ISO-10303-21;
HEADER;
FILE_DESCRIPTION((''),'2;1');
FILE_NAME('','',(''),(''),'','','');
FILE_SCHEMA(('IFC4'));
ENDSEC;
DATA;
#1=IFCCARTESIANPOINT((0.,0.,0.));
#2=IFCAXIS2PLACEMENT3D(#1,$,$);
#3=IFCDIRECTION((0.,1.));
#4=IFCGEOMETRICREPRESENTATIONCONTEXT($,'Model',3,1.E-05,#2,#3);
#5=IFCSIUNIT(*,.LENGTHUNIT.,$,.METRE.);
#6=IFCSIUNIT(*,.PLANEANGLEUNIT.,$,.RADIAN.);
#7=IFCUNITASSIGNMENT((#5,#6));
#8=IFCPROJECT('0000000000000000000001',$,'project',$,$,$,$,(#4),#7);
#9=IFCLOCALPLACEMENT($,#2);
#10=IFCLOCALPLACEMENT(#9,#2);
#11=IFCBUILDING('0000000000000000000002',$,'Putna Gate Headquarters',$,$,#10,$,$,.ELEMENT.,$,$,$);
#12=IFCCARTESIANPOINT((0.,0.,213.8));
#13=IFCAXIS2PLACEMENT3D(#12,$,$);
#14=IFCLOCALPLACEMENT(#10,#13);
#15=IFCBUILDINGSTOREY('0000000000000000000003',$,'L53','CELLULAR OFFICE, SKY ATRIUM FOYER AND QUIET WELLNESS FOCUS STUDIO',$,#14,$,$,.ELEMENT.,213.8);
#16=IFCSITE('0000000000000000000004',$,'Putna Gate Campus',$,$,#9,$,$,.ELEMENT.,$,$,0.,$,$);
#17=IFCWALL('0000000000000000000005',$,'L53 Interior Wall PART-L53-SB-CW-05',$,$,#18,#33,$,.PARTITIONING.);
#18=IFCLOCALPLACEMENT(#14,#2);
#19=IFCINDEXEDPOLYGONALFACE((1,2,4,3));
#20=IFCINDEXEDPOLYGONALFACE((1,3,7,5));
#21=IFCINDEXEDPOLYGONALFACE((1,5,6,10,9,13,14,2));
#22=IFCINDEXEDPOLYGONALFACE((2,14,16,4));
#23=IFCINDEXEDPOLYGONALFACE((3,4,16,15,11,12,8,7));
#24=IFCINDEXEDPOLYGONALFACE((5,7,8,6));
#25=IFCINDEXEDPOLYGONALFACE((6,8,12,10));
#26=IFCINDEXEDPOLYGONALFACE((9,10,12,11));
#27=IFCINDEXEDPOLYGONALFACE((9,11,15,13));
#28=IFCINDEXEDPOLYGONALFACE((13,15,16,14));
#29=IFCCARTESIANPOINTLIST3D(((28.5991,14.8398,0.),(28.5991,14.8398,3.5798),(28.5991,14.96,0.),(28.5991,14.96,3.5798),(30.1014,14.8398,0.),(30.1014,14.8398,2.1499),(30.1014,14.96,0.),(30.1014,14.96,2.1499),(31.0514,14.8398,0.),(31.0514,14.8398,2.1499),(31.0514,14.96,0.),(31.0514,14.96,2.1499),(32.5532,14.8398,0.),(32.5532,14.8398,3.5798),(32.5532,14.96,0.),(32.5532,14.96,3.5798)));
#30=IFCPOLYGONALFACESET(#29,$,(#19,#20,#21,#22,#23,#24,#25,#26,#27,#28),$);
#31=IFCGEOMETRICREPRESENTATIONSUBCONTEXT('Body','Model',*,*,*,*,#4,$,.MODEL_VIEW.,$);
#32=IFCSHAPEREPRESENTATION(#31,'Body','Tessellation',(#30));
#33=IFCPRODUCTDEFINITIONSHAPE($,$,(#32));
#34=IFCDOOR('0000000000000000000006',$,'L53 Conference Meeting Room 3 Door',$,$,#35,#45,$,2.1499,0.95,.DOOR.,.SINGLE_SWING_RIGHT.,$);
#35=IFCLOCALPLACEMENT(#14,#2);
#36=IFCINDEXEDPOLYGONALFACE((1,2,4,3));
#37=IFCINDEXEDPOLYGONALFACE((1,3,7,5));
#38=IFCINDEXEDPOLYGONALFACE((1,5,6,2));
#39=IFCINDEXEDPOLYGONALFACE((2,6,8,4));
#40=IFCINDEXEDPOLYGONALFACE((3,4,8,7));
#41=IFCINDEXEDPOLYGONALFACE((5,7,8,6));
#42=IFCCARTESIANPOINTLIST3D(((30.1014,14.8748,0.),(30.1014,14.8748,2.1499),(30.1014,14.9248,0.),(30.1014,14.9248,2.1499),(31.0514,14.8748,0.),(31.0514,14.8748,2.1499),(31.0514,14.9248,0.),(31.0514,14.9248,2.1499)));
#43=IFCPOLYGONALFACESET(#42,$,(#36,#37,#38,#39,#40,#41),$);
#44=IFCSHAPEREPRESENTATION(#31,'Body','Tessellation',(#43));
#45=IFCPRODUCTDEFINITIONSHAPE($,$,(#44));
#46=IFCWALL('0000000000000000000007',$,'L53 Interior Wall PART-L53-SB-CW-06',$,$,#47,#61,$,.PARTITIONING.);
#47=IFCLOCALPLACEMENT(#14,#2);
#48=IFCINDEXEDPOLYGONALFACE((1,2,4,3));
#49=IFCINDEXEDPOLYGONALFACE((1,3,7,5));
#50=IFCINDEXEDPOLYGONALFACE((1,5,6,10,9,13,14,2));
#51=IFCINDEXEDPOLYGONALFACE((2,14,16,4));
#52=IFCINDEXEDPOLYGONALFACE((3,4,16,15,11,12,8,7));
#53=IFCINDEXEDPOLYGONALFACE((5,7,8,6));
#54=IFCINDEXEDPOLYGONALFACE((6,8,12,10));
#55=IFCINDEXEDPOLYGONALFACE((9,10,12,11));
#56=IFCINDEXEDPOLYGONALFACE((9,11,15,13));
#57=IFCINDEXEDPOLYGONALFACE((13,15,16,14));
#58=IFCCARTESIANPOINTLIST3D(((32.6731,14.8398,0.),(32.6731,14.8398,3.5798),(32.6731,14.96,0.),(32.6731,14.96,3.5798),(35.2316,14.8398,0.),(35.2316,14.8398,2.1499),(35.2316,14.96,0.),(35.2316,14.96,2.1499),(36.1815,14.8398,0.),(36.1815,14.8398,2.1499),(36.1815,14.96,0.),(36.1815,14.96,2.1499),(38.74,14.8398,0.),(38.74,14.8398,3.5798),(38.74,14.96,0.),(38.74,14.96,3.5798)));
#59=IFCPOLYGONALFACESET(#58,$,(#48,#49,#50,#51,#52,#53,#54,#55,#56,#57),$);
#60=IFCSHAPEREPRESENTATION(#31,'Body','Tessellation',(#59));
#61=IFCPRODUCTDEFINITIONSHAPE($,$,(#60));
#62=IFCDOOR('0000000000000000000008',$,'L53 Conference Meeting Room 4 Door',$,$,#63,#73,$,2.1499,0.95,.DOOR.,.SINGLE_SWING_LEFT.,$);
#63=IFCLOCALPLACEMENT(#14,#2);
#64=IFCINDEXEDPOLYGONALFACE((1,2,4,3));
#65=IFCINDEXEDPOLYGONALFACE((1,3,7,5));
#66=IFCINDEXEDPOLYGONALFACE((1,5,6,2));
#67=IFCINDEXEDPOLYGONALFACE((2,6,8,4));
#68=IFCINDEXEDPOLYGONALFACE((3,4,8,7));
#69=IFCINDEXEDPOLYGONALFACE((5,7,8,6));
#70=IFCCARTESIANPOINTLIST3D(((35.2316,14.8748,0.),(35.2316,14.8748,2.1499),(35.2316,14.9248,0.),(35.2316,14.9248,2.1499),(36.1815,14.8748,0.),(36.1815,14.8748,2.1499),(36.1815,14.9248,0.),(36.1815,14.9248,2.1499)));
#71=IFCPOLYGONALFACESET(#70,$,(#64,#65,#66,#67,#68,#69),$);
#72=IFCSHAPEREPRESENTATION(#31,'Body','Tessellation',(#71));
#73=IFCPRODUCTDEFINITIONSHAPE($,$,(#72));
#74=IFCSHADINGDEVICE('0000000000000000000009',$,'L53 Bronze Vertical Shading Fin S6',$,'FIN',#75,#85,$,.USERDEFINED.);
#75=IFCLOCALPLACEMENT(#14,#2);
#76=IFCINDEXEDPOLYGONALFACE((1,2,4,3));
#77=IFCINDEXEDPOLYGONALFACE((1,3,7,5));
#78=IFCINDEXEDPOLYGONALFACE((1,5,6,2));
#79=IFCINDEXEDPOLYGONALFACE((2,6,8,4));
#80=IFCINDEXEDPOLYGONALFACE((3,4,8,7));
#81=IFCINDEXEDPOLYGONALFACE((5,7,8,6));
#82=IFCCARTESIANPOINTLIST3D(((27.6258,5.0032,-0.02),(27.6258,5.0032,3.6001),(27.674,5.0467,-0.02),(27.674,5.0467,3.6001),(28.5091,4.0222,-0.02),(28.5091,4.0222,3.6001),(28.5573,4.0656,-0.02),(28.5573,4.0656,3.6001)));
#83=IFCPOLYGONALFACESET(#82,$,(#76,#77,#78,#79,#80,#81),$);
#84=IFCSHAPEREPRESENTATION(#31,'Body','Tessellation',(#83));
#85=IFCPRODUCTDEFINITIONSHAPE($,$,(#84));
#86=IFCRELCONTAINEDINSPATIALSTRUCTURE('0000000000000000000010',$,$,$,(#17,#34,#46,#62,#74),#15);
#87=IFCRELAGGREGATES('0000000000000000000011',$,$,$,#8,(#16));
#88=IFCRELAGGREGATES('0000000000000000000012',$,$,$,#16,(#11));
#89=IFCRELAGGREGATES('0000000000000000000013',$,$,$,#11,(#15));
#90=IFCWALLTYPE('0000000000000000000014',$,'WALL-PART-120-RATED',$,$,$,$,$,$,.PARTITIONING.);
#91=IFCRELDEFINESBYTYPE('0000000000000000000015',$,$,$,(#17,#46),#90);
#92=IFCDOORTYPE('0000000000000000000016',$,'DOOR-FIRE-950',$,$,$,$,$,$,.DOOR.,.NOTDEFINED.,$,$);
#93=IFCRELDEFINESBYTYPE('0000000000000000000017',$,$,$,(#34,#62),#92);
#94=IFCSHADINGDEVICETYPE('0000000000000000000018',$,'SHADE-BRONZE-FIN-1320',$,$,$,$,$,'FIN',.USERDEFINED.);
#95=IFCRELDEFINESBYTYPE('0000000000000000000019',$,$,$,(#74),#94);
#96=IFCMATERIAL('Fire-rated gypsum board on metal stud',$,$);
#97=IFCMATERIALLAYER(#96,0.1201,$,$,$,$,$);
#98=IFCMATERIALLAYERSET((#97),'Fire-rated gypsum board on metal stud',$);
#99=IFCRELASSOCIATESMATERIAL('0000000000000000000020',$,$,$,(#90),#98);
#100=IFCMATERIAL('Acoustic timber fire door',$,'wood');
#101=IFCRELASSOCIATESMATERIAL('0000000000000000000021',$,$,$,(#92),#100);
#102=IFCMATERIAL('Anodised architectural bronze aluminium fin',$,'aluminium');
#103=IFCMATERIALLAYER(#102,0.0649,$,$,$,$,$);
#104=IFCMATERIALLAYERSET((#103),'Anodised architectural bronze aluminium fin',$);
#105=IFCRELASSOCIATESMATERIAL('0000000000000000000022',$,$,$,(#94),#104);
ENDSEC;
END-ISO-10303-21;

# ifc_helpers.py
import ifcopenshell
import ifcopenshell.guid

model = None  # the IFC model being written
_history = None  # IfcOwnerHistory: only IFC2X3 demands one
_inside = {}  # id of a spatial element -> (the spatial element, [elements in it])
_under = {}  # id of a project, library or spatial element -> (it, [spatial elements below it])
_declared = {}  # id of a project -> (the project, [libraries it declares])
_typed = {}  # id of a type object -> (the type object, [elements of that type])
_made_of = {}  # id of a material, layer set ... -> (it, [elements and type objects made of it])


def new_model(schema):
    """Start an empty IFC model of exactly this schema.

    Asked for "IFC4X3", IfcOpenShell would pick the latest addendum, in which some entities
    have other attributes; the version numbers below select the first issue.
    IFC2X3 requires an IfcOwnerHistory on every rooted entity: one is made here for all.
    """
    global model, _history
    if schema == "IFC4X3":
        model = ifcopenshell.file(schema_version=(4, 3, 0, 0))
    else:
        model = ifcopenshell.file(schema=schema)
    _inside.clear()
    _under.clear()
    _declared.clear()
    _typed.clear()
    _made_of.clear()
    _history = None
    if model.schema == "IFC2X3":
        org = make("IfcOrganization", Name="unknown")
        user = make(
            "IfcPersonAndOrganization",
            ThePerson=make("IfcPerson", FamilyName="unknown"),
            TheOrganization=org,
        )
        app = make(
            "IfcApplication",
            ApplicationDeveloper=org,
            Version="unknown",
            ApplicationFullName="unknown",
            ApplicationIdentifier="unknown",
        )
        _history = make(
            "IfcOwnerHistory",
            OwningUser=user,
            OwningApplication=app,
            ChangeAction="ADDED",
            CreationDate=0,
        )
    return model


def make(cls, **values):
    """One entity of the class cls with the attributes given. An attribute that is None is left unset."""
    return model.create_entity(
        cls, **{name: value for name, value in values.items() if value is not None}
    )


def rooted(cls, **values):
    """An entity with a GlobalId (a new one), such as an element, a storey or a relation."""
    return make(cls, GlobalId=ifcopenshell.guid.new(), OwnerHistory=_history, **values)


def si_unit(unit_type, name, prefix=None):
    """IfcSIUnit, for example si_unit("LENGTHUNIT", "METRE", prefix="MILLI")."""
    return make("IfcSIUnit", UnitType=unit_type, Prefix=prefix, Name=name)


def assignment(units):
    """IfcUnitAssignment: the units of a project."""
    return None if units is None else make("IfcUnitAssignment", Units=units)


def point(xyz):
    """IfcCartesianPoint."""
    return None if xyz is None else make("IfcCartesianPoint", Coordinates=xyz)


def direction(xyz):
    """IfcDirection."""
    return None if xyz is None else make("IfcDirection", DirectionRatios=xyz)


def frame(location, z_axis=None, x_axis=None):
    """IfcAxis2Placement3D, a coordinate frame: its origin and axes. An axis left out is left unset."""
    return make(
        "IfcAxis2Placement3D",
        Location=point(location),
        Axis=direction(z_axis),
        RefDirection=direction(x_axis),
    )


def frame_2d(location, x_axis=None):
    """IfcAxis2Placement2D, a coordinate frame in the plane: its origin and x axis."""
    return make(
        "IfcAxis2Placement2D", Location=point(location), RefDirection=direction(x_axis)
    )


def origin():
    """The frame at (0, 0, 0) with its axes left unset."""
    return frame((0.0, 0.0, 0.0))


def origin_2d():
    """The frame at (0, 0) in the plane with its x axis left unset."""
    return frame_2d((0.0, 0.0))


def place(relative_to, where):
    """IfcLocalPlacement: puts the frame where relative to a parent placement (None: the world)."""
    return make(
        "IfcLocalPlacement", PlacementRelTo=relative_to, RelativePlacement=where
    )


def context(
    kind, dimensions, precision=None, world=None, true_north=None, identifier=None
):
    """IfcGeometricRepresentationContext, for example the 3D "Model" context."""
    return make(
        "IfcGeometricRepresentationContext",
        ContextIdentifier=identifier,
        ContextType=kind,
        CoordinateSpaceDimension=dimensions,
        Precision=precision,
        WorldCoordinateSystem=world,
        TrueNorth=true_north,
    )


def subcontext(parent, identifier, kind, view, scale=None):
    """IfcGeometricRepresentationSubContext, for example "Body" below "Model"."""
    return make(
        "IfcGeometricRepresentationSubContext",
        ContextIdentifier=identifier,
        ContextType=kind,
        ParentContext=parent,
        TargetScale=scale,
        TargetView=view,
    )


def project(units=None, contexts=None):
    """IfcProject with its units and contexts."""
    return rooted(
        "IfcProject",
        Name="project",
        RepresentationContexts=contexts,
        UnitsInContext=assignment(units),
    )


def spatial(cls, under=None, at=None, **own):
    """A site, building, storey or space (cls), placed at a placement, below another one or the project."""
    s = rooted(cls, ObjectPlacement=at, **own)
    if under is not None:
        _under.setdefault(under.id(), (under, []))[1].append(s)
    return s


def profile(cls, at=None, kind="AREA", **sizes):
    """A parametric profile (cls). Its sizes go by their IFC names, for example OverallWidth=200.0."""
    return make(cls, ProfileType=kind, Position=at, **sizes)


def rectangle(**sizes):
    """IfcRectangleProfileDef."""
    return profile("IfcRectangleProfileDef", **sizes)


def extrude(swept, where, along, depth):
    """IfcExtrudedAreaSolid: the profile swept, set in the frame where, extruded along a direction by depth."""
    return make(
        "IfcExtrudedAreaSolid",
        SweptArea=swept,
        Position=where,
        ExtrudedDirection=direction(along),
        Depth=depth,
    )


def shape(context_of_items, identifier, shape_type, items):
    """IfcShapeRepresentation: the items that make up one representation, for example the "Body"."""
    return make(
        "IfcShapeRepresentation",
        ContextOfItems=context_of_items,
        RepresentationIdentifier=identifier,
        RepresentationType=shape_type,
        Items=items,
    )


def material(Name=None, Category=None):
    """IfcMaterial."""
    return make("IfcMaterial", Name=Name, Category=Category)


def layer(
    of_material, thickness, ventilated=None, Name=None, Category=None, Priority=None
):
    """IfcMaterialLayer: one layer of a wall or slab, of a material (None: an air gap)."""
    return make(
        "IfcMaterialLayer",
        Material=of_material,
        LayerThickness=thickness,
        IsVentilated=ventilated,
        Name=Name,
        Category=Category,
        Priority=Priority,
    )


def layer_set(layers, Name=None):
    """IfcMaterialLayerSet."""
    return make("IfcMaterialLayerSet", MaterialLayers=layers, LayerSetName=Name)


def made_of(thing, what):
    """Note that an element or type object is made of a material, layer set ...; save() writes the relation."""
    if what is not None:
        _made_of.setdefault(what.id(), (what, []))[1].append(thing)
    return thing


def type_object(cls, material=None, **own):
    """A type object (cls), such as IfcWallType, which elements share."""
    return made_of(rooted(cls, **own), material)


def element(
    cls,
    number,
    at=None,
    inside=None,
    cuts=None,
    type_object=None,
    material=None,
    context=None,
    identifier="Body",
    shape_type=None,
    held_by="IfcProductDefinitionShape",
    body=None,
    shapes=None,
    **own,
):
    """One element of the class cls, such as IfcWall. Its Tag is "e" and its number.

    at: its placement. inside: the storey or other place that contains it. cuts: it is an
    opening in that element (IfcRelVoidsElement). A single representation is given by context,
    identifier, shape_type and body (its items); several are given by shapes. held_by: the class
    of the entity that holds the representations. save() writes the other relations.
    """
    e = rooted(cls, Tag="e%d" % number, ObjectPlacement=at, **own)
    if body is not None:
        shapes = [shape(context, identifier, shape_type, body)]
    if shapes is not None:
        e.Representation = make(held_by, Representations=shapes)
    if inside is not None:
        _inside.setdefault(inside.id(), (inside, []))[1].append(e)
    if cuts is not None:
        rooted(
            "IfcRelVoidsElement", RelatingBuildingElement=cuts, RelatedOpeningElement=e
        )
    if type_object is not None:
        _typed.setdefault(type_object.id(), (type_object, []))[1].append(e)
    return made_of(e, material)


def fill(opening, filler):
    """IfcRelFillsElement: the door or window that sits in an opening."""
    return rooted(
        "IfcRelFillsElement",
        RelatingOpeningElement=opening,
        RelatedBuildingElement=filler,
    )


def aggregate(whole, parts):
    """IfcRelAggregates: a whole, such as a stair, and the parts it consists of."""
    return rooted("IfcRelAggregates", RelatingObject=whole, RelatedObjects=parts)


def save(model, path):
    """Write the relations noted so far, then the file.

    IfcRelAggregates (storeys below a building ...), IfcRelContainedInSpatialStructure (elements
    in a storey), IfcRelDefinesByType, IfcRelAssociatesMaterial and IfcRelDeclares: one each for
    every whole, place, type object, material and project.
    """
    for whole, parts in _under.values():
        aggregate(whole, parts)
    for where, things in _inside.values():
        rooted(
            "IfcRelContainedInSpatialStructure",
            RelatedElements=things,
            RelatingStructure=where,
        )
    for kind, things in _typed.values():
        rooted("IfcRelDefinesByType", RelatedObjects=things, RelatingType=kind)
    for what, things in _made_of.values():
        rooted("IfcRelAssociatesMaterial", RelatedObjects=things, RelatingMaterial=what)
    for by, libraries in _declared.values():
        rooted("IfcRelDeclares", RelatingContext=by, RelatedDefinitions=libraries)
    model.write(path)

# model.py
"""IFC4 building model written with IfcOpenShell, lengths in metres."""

from ifc_helpers import new_model, si_unit, direction, frame, frame_2d, origin, origin_2d, place, context, subcontext, project, spatial, rectangle, extrude, material, layer, layer_set, type_object, element, fill, save


model = new_model("IFC4")

# Units and contexts
model_context = context("Model", 3, precision=1e-05, world=origin(), true_north=direction((0.0, 1.0)))
body_context = subcontext(model_context, "Body", "Model", "MODEL_VIEW")
ifc_project = project(units=[si_unit("LENGTHUNIT", "METRE"), si_unit("PLANEANGLEUNIT", "RADIAN")], contexts=[model_context])

# Site, building, storey
site_placement = place(None, origin())
site = spatial("IfcSite", under=ifc_project, at=site_placement, Name="Putna Gate Campus", CompositionType="ELEMENT", RefElevation=0.0)
building_placement = place(site_placement, origin())
building = spatial("IfcBuilding", under=site, at=building_placement, Name="Putna Gate Headquarters", CompositionType="ELEMENT")
storey_placement = place(building_placement, frame((0.0, 0.0, 213.8)))
storey = spatial("IfcBuildingStorey", under=building, at=storey_placement, Name="L53", Description="CELLULAR OFFICE, SKY ATRIUM FOYER AND QUIET WELLNESS FOCUS STUDIO", CompositionType="ELEMENT", Elevation=213.8)

# Walls, openings, doors
ifc_material_1 = material(Name="Fire-rated gypsum board on metal stud")
ifc_layer_1 = layer(ifc_material_1, 0.1201)
ifc_layer_set_1 = layer_set([ifc_layer_1], Name="Fire-rated gypsum board on metal stud")
wall_type_1 = type_object("IfcWallType", Name="WALL-PART-120-RATED", PredefinedType="PARTITIONING", material=ifc_layer_set_1)
wall_1_placement = place(storey_placement, frame((28.5991, 14.8999, 0.0), z_axis=(0.0, 0.0, 1.0), x_axis=(1.0, 0.0, 0.0)))
wall_1 = element("IfcWall", 1, at=wall_1_placement, inside=storey, type_object=wall_type_1, Name="L53 Interior Wall PART-L53-SB-CW-05", PredefinedType="PARTITIONING", context=body_context, shape_type="SweptSolid", body=[
    extrude(rectangle(XDim=3.9541, YDim=0.1201, at=frame_2d((1.9771, 0.0))), origin(), (0.0, 0.0, 1.0), 3.5798),
])
opening_1_placement = place(wall_1_placement, frame((1.5022, 0.0, 0.0)))
opening_1 = element("IfcOpeningElement", 2, at=opening_1_placement, cuts=wall_1, PredefinedType="OPENING", context=body_context, shape_type="SweptSolid", body=[
    extrude(rectangle(XDim=0.95, YDim=2.1499, at=frame_2d((0.4751, 1.075))), frame((0.0, 0.0701, 0.0), z_axis=(0.0, -1.0, 0.0), x_axis=(1.0, 0.0, 0.0)), (0.0, 0.0, 1.0), 0.1401),
])
ifc_material_2 = material(Name="Acoustic timber fire door", Category="wood")
door_type = type_object("IfcDoorType", Name="DOOR-FIRE-950", OperationType="NOTDEFINED", PredefinedType="DOOR", material=ifc_material_2)
door_1_placement = place(opening_1_placement, origin())
door_1 = element("IfcDoor", 3, at=door_1_placement, inside=storey, type_object=door_type, Name="L53 Conference Meeting Room 3 Door", OperationType="SINGLE_SWING_RIGHT", OverallHeight=2.1499, OverallWidth=0.95, PredefinedType="DOOR", context=body_context, shape_type="SweptSolid", body=[
    extrude(rectangle(XDim=0.95, YDim=2.1499, at=frame_2d((0.4751, 1.075))), frame((0.0, 0.0249, 0.0), z_axis=(0.0, -1.0, 0.0), x_axis=(1.0, 0.0, 0.0)), (0.0, 0.0, 1.0), 0.05),
])
fill(opening_1, door_1)
wall_2_placement = place(storey_placement, frame((32.6731, 14.8999, 0.0), z_axis=(0.0, 0.0, 1.0), x_axis=(1.0, 0.0, 0.0)))
wall_2 = element("IfcWall", 4, at=wall_2_placement, inside=storey, type_object=wall_type_1, Name="L53 Interior Wall PART-L53-SB-CW-06", PredefinedType="PARTITIONING", context=body_context, shape_type="SweptSolid", body=[
    extrude(rectangle(XDim=6.0669, YDim=0.1201, at=frame_2d((3.0334, 0.0))), origin(), (0.0, 0.0, 1.0), 3.5798),
])
opening_2_placement = place(wall_2_placement, frame((2.5583, 0.0, 0.0)))
opening_2 = element("IfcOpeningElement", 5, at=opening_2_placement, cuts=wall_2, PredefinedType="OPENING", context=body_context, shape_type="SweptSolid", body=[
    extrude(rectangle(XDim=0.95, YDim=2.1499, at=frame_2d((0.4751, 1.075))), frame((0.0, 0.0701, 0.0), z_axis=(0.0, -1.0, 0.0), x_axis=(1.0, 0.0, 0.0)), (0.0, 0.0, 1.0), 0.1401),
])
door_2_placement = place(opening_2_placement, origin())
door_2 = element("IfcDoor", 6, at=door_2_placement, inside=storey, type_object=door_type, Name="L53 Conference Meeting Room 4 Door", OperationType="SINGLE_SWING_LEFT", OverallHeight=2.1499, OverallWidth=0.95, PredefinedType="DOOR", context=body_context, shape_type="SweptSolid", body=[
    extrude(rectangle(XDim=0.95, YDim=2.1499, at=frame_2d((0.4751, 1.075))), frame((0.0, 0.0249, 0.0), z_axis=(0.0, -1.0, 0.0), x_axis=(1.0, 0.0, 0.0)), (0.0, 0.0, 1.0), 0.05),
])
fill(opening_2, door_2)

# Shading device
ifc_material_3 = material(Name="Anodised architectural bronze aluminium fin", Category="aluminium")
ifc_layer_2 = layer(ifc_material_3, 0.0649)
ifc_layer_set_2 = layer_set([ifc_layer_2], Name="Anodised architectural bronze aluminium fin")
shading_device_type = type_object("IfcShadingDeviceType", Name="SHADE-BRONZE-FIN-1320", ElementType="FIN", PredefinedType="USERDEFINED", material=ifc_layer_set_2)
shading_device_placement = place(storey_placement, frame((28.0916, 4.5344, -0.02), z_axis=(0.0, 0.0, 1.0), x_axis=(0.669131, -0.743145, 0.0)))
element("IfcShadingDevice", 7, at=shading_device_placement, inside=storey, type_object=shading_device_type, Name="L53 Bronze Vertical Shading Fin S6", ObjectType="FIN", PredefinedType="USERDEFINED", context=body_context, shape_type="SweptSolid", body=[
    extrude(rectangle(XDim=1.3201, YDim=0.0649, at=origin_2d()), origin(), (0.0, 0.0, 1.0), 3.6201),
])

save(model, "model.ifc")
